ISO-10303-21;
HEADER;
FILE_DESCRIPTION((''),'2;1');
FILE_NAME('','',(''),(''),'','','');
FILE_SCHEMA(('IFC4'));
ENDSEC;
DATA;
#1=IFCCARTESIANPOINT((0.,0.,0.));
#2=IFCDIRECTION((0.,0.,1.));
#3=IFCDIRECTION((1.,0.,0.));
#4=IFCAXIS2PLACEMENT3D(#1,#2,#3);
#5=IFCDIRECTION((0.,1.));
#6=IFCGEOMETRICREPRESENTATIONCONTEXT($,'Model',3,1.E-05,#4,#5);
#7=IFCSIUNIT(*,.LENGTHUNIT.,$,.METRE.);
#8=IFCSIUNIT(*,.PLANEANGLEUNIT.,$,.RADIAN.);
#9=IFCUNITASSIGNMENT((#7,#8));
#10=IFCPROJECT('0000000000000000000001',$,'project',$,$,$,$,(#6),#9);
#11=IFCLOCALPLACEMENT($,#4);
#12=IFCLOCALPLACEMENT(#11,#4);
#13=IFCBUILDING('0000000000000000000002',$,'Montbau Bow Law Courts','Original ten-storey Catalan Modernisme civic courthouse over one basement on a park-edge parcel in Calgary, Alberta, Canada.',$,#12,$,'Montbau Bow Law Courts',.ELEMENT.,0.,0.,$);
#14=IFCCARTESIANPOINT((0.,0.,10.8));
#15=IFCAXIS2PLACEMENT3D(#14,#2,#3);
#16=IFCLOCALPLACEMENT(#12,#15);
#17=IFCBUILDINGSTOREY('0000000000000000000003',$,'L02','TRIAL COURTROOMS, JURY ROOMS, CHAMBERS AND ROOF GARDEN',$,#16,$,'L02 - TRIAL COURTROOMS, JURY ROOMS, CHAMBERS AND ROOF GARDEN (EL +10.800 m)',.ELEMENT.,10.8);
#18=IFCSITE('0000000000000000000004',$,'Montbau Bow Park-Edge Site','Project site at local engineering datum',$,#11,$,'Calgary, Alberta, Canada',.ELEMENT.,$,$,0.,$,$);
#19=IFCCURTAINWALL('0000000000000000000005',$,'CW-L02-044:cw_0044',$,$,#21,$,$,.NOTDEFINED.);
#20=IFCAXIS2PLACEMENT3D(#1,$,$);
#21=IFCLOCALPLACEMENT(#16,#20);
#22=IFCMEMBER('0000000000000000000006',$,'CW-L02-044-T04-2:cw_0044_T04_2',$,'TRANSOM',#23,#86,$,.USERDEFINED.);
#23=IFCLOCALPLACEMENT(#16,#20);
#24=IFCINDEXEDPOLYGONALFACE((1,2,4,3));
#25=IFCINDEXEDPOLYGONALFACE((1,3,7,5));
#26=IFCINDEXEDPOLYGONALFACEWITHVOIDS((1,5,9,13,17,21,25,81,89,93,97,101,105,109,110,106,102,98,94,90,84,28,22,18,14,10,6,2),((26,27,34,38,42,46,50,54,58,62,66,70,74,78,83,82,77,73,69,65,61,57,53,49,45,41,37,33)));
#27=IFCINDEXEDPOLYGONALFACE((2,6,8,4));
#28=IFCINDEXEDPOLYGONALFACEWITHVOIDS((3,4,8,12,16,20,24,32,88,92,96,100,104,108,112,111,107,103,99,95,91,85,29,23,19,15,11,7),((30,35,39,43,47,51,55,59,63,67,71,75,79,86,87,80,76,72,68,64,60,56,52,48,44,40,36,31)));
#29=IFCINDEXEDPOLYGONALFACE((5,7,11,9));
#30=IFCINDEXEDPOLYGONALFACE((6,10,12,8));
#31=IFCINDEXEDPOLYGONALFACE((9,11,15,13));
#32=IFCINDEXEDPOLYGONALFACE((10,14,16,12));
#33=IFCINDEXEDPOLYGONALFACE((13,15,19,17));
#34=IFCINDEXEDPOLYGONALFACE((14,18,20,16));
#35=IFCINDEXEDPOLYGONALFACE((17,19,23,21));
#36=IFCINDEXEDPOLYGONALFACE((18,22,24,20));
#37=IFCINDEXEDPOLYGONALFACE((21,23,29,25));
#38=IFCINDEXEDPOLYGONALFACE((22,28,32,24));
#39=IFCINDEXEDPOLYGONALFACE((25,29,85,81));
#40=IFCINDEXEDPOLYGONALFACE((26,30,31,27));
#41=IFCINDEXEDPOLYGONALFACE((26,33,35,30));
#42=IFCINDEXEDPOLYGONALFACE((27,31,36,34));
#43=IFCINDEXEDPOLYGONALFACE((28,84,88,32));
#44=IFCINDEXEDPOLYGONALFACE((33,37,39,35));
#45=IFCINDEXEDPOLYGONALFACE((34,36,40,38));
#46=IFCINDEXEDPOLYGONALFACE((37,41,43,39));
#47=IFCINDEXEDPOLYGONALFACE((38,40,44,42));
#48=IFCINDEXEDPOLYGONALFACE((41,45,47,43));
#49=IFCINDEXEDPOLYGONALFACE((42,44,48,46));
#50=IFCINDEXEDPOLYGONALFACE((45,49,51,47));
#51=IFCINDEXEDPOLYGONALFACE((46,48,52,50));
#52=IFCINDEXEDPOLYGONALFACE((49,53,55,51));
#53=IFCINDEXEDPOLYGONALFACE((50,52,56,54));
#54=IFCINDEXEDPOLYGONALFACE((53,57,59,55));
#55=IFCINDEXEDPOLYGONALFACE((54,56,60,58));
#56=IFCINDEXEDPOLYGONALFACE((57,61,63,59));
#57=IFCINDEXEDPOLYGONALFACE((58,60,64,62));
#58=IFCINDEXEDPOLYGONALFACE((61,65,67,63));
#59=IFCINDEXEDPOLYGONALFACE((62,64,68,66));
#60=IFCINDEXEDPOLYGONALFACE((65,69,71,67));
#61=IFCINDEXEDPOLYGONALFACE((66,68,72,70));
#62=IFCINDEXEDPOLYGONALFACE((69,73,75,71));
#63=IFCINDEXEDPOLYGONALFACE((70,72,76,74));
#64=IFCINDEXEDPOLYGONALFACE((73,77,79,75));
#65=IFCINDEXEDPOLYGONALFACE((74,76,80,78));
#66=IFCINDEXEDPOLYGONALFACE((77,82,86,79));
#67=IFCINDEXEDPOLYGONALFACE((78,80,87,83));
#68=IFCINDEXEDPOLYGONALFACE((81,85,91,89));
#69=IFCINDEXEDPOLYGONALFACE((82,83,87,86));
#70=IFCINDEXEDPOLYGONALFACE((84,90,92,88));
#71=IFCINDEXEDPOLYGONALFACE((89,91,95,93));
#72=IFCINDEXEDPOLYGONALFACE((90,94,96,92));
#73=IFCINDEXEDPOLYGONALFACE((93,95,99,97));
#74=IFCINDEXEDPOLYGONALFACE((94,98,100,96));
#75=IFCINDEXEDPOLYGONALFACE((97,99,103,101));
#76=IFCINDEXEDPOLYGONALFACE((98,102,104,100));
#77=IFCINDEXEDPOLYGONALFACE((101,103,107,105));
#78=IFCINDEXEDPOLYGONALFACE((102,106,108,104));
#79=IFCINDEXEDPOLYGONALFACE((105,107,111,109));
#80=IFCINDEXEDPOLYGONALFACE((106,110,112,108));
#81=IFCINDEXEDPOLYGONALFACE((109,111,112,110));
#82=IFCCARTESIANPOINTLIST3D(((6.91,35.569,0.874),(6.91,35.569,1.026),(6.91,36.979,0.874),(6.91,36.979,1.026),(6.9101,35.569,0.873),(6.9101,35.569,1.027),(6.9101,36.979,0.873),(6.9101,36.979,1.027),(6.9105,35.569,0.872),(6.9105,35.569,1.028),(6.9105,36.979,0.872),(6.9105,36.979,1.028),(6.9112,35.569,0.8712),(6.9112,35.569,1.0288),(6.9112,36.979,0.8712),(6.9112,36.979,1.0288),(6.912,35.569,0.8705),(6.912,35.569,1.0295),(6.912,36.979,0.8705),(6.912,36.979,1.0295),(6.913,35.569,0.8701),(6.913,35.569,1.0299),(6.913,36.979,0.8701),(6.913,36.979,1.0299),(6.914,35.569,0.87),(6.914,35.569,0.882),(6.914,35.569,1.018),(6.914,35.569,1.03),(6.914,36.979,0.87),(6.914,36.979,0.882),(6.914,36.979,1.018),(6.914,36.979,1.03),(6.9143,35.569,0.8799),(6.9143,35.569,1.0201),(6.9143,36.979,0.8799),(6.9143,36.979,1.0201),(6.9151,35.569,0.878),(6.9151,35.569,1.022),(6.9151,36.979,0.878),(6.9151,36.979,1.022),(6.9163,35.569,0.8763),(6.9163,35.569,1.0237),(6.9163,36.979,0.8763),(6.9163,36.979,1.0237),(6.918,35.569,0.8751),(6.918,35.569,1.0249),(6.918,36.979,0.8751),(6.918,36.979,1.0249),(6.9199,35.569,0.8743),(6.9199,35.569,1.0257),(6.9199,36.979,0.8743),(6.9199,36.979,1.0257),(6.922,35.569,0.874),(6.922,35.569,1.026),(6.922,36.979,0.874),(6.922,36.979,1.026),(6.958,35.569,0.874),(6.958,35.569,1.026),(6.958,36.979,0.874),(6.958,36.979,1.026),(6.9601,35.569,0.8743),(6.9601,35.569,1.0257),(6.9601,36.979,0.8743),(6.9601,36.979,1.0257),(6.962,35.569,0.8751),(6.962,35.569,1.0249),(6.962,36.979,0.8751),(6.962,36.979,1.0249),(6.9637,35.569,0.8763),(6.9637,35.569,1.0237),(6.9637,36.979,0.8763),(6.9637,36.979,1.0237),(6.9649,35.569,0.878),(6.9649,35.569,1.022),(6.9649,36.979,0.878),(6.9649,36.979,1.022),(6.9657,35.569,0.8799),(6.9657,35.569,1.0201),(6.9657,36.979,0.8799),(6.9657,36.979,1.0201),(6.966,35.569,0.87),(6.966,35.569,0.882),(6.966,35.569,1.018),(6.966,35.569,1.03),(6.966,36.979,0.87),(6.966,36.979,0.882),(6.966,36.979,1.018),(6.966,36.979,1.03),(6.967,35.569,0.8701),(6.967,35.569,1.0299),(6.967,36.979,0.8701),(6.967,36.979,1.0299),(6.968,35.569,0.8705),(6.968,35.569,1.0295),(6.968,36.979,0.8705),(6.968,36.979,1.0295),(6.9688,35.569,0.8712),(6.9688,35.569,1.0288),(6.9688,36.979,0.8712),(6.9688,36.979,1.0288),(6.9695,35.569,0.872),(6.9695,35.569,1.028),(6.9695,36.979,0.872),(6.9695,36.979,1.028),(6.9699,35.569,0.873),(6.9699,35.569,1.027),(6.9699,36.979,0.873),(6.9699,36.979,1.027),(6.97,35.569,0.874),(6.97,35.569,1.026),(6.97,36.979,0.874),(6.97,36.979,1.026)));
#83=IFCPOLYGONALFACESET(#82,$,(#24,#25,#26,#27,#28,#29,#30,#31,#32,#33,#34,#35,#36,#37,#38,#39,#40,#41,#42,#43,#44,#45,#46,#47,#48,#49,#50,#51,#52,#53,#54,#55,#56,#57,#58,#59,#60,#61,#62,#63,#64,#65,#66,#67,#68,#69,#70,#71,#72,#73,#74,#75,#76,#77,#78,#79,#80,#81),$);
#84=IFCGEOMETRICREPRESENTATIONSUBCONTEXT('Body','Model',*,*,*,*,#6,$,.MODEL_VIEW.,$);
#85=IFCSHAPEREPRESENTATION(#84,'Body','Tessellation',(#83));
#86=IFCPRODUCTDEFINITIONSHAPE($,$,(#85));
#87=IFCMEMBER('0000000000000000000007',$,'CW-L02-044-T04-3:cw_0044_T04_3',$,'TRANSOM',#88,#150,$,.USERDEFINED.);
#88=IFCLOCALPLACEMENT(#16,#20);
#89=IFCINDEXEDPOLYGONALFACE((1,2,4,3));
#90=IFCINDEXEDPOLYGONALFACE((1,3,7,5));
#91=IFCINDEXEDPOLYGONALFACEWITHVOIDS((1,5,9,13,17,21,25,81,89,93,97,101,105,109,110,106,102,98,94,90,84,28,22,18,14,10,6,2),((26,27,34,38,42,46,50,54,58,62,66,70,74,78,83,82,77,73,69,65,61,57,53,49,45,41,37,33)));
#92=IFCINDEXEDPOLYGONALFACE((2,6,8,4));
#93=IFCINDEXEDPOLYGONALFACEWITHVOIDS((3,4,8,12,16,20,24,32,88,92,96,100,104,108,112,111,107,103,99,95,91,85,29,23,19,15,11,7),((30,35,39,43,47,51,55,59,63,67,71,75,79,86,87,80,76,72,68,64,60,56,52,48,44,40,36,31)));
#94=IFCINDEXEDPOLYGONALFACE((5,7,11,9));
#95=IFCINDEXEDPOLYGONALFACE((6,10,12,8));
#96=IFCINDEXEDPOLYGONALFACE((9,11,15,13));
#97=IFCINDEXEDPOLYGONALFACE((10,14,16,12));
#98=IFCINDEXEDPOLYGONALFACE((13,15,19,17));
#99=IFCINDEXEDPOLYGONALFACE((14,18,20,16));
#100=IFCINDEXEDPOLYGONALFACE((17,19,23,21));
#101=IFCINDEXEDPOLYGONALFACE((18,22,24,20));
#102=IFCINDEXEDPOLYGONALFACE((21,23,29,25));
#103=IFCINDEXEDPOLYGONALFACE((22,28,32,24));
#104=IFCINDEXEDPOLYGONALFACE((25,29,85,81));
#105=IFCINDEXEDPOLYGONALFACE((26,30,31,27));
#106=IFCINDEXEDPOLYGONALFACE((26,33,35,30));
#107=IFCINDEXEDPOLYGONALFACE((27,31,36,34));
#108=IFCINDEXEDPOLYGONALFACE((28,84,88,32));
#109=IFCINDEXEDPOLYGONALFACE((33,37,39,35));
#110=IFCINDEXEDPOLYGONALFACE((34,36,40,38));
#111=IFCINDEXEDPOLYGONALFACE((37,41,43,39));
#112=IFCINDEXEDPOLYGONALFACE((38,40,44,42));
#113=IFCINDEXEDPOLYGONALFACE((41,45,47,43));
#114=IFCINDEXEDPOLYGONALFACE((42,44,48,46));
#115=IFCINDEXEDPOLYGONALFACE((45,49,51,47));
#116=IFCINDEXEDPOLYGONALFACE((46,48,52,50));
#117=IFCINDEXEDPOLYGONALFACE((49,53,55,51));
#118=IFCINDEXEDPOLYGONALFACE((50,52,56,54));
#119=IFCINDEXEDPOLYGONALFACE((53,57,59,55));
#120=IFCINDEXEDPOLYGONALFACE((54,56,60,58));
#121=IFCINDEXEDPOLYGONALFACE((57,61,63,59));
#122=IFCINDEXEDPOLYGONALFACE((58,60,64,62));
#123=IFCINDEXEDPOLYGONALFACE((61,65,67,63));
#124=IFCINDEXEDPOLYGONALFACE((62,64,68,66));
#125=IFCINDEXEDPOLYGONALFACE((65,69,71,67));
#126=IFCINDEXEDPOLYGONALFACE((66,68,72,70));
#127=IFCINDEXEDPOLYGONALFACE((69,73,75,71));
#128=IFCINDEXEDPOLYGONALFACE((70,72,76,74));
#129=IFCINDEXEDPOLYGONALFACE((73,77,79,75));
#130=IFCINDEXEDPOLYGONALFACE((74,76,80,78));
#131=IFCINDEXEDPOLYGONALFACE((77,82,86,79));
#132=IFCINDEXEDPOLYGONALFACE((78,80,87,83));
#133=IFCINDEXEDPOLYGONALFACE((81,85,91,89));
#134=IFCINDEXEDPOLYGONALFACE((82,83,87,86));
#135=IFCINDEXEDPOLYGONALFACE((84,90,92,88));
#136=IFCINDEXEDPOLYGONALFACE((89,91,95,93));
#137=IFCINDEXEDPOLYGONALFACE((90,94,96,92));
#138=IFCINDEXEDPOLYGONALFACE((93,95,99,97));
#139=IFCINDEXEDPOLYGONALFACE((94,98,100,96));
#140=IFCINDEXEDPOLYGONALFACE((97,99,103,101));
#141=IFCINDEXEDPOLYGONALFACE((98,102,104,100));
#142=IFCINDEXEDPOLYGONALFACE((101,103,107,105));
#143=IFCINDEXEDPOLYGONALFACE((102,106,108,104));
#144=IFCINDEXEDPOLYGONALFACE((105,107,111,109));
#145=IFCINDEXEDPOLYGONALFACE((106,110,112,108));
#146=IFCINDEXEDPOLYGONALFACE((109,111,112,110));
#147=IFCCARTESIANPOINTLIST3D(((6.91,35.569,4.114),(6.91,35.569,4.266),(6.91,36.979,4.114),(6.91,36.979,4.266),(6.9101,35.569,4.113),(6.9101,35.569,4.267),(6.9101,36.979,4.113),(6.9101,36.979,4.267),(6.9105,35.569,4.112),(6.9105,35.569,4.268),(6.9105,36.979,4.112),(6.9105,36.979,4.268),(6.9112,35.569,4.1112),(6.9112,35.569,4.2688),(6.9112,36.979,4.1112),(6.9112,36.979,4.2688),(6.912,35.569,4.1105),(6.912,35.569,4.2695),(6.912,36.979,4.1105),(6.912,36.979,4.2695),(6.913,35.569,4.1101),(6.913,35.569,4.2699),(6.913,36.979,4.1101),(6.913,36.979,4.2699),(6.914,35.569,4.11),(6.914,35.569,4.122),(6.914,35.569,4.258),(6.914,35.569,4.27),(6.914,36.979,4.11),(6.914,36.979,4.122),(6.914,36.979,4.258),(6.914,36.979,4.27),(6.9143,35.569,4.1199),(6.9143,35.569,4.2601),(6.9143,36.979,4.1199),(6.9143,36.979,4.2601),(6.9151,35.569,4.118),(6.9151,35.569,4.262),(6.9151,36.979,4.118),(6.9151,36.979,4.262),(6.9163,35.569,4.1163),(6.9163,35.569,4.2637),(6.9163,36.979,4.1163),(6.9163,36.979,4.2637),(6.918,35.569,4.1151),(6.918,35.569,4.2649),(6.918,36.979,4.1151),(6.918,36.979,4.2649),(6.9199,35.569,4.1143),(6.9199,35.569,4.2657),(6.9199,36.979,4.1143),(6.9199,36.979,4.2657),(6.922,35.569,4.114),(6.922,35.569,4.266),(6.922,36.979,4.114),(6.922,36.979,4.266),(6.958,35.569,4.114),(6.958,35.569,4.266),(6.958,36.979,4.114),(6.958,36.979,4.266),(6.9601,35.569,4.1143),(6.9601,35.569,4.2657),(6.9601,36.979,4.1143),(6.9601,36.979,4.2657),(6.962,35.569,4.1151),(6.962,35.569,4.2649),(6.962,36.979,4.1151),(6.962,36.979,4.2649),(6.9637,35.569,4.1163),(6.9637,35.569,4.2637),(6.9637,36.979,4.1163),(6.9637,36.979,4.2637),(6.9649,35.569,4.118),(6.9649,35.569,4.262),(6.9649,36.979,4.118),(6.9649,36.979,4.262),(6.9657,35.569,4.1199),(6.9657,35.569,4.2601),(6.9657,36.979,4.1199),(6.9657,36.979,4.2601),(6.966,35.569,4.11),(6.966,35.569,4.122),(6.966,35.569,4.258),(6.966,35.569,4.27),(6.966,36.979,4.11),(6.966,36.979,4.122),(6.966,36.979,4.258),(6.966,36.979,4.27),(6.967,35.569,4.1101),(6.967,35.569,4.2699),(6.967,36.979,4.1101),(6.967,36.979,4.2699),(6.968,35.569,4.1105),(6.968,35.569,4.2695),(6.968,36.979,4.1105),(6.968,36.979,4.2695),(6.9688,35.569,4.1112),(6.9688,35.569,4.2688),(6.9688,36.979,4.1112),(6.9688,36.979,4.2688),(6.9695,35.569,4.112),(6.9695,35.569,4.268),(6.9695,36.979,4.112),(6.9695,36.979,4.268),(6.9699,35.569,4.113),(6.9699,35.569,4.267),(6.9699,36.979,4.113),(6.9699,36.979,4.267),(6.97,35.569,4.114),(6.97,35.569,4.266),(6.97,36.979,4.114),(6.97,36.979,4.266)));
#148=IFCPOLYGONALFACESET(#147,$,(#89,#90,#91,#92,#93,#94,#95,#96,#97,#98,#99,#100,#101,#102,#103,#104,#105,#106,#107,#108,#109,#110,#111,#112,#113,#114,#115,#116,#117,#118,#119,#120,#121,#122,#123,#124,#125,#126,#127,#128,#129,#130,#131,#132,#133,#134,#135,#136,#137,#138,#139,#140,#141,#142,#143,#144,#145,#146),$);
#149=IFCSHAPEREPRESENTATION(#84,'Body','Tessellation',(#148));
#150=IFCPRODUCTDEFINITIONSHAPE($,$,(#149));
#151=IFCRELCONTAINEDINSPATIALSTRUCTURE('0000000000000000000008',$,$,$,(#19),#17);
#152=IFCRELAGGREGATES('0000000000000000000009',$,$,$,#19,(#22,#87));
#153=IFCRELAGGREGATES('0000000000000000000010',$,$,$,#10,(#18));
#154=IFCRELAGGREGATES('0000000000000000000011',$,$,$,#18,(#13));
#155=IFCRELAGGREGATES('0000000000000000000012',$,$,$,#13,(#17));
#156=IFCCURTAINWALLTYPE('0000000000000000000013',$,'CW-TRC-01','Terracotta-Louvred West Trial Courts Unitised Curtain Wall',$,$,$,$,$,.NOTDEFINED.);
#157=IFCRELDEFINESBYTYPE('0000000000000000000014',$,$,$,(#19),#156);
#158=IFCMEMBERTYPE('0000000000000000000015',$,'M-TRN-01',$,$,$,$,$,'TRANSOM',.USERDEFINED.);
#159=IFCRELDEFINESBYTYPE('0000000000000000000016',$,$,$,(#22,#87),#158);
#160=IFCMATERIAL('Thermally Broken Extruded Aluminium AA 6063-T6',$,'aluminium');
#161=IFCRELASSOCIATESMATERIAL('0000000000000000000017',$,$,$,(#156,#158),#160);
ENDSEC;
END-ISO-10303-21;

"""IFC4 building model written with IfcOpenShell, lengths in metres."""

from ifc_helpers import new_model, si_unit, direction, frame, origin_with_axes, origin_2d_with_axis, place, context, subcontext, project, spatial, hollow_rectangle, extrude, material, material_profile, profile_set, type_object, element, aggregate, save


model = new_model("IFC4")

# Units and contexts
model_context = context("Model", 3, precision=1e-05, world=origin_with_axes(), true_north=direction((0.0, 1.0)))
body_context = subcontext(model_context, "Body", "Model", "MODEL_VIEW")
ifc_project = project(units=[si_unit("LENGTHUNIT", "METRE"), si_unit("PLANEANGLEUNIT", "RADIAN")], contexts=[model_context])

# Site, building, storey
site_placement = place(None, origin_with_axes())
site = spatial("IfcSite", under=ifc_project, at=site_placement, Name="Montbau Bow Park-Edge Site", Description="Project site at local engineering datum", LongName="Calgary, Alberta, Canada", CompositionType="ELEMENT", RefElevation=0.0)
building_placement = place(site_placement, origin_with_axes())
building = spatial("IfcBuilding", under=site, at=building_placement, Name="Montbau Bow Law Courts", Description="Original ten-storey Catalan Modernisme civic courthouse over one basement on a park-edge parcel in Calgary, Alberta, Canada.", LongName="Montbau Bow Law Courts", CompositionType="ELEMENT", ElevationOfRefHeight=0.0, ElevationOfTerrain=0.0)
storey_placement = place(building_placement, frame((0.0, 0.0, 10.8), z_axis=(0.0, 0.0, 1.0), x_axis=(1.0, 0.0, 0.0)))
storey = spatial("IfcBuildingStorey", under=building, at=storey_placement, Name="L02", Description="TRIAL COURTROOMS, JURY ROOMS, CHAMBERS AND ROOF GARDEN", LongName="L02 - TRIAL COURTROOMS, JURY ROOMS, CHAMBERS AND ROOF GARDEN (EL +10.800 m)", CompositionType="ELEMENT", Elevation=10.8)

# Curtain wall, members
ifc_material_1 = material(Name="Thermally Broken Extruded Aluminium AA 6063-T6", Category="aluminium")
curtain_wall_type = type_object("IfcCurtainWallType", Name="CW-TRC-01", Description="Terracotta-Louvred West Trial Courts Unitised Curtain Wall", PredefinedType="NOTDEFINED", material=ifc_material_1)
curtain_wall_placement = place(None, frame((6.94, 31.115, 10.8), z_axis=(0.0, 0.0, 1.0), x_axis=(1.0, 0.0, 0.0)))
curtain_wall = element("IfcCurtainWall", 1, at=curtain_wall_placement, inside=storey, type_object=curtain_wall_type, Name="CW-L02-044:cw_0044", PredefinedType="NOTDEFINED")
ifc_material_profile_1 = material_profile(ifc_material_1, hollow_rectangle(XDim=0.06, YDim=0.16, WallThickness=0.004, InnerFilletRadius=0.008, OuterFilletRadius=0.004, at=origin_2d_with_axis()), Name="CWT-160X60", Category="Main", Priority=0)
ifc_profile_set_1 = profile_set([ifc_material_profile_1], Name="Thermally Broken Extruded Aluminium AA 6063-T6")
member_type_1 = type_object("IfcMemberType", Name="M-TRN-01", ElementType="TRANSOM", PredefinedType="USERDEFINED", material=ifc_profile_set_1)
member_1_placement = place(None, frame((6.94, 35.569, 11.75), z_axis=(0.0, 1.0, 0.0), x_axis=(-1.0, 0.0, 0.0)))
member_1 = element("IfcMember", 2, at=member_1_placement, type_object=member_type_1, Name="CW-L02-044-T04-2:cw_0044_T04_2", ObjectType="TRANSOM", PredefinedType="USERDEFINED", context=body_context, shape_type="SweptSolid", body=[
    extrude(hollow_rectangle(XDim=0.06, YDim=0.16, WallThickness=0.004, InnerFilletRadius=0.008, OuterFilletRadius=0.004, at=origin_2d_with_axis()), origin_with_axes(), (0.0, 0.0, 1.0), 1.41),
])
member_2_placement = place(None, frame((6.94, 35.569, 14.99), z_axis=(0.0, 1.0, 0.0), x_axis=(-1.0, 0.0, 0.0)))
member_2 = element("IfcMember", 3, at=member_2_placement, type_object=member_type_1, Name="CW-L02-044-T04-3:cw_0044_T04_3", ObjectType="TRANSOM", PredefinedType="USERDEFINED", context=body_context, shape_type="SweptSolid", body=[
    extrude(hollow_rectangle(XDim=0.06, YDim=0.16, WallThickness=0.004, InnerFilletRadius=0.008, OuterFilletRadius=0.004, at=origin_2d_with_axis()), origin_with_axes(), (0.0, 0.0, 1.0), 1.41),
])
aggregate(curtain_wall, [member_1, member_2])

save(model, "model.ifc")
